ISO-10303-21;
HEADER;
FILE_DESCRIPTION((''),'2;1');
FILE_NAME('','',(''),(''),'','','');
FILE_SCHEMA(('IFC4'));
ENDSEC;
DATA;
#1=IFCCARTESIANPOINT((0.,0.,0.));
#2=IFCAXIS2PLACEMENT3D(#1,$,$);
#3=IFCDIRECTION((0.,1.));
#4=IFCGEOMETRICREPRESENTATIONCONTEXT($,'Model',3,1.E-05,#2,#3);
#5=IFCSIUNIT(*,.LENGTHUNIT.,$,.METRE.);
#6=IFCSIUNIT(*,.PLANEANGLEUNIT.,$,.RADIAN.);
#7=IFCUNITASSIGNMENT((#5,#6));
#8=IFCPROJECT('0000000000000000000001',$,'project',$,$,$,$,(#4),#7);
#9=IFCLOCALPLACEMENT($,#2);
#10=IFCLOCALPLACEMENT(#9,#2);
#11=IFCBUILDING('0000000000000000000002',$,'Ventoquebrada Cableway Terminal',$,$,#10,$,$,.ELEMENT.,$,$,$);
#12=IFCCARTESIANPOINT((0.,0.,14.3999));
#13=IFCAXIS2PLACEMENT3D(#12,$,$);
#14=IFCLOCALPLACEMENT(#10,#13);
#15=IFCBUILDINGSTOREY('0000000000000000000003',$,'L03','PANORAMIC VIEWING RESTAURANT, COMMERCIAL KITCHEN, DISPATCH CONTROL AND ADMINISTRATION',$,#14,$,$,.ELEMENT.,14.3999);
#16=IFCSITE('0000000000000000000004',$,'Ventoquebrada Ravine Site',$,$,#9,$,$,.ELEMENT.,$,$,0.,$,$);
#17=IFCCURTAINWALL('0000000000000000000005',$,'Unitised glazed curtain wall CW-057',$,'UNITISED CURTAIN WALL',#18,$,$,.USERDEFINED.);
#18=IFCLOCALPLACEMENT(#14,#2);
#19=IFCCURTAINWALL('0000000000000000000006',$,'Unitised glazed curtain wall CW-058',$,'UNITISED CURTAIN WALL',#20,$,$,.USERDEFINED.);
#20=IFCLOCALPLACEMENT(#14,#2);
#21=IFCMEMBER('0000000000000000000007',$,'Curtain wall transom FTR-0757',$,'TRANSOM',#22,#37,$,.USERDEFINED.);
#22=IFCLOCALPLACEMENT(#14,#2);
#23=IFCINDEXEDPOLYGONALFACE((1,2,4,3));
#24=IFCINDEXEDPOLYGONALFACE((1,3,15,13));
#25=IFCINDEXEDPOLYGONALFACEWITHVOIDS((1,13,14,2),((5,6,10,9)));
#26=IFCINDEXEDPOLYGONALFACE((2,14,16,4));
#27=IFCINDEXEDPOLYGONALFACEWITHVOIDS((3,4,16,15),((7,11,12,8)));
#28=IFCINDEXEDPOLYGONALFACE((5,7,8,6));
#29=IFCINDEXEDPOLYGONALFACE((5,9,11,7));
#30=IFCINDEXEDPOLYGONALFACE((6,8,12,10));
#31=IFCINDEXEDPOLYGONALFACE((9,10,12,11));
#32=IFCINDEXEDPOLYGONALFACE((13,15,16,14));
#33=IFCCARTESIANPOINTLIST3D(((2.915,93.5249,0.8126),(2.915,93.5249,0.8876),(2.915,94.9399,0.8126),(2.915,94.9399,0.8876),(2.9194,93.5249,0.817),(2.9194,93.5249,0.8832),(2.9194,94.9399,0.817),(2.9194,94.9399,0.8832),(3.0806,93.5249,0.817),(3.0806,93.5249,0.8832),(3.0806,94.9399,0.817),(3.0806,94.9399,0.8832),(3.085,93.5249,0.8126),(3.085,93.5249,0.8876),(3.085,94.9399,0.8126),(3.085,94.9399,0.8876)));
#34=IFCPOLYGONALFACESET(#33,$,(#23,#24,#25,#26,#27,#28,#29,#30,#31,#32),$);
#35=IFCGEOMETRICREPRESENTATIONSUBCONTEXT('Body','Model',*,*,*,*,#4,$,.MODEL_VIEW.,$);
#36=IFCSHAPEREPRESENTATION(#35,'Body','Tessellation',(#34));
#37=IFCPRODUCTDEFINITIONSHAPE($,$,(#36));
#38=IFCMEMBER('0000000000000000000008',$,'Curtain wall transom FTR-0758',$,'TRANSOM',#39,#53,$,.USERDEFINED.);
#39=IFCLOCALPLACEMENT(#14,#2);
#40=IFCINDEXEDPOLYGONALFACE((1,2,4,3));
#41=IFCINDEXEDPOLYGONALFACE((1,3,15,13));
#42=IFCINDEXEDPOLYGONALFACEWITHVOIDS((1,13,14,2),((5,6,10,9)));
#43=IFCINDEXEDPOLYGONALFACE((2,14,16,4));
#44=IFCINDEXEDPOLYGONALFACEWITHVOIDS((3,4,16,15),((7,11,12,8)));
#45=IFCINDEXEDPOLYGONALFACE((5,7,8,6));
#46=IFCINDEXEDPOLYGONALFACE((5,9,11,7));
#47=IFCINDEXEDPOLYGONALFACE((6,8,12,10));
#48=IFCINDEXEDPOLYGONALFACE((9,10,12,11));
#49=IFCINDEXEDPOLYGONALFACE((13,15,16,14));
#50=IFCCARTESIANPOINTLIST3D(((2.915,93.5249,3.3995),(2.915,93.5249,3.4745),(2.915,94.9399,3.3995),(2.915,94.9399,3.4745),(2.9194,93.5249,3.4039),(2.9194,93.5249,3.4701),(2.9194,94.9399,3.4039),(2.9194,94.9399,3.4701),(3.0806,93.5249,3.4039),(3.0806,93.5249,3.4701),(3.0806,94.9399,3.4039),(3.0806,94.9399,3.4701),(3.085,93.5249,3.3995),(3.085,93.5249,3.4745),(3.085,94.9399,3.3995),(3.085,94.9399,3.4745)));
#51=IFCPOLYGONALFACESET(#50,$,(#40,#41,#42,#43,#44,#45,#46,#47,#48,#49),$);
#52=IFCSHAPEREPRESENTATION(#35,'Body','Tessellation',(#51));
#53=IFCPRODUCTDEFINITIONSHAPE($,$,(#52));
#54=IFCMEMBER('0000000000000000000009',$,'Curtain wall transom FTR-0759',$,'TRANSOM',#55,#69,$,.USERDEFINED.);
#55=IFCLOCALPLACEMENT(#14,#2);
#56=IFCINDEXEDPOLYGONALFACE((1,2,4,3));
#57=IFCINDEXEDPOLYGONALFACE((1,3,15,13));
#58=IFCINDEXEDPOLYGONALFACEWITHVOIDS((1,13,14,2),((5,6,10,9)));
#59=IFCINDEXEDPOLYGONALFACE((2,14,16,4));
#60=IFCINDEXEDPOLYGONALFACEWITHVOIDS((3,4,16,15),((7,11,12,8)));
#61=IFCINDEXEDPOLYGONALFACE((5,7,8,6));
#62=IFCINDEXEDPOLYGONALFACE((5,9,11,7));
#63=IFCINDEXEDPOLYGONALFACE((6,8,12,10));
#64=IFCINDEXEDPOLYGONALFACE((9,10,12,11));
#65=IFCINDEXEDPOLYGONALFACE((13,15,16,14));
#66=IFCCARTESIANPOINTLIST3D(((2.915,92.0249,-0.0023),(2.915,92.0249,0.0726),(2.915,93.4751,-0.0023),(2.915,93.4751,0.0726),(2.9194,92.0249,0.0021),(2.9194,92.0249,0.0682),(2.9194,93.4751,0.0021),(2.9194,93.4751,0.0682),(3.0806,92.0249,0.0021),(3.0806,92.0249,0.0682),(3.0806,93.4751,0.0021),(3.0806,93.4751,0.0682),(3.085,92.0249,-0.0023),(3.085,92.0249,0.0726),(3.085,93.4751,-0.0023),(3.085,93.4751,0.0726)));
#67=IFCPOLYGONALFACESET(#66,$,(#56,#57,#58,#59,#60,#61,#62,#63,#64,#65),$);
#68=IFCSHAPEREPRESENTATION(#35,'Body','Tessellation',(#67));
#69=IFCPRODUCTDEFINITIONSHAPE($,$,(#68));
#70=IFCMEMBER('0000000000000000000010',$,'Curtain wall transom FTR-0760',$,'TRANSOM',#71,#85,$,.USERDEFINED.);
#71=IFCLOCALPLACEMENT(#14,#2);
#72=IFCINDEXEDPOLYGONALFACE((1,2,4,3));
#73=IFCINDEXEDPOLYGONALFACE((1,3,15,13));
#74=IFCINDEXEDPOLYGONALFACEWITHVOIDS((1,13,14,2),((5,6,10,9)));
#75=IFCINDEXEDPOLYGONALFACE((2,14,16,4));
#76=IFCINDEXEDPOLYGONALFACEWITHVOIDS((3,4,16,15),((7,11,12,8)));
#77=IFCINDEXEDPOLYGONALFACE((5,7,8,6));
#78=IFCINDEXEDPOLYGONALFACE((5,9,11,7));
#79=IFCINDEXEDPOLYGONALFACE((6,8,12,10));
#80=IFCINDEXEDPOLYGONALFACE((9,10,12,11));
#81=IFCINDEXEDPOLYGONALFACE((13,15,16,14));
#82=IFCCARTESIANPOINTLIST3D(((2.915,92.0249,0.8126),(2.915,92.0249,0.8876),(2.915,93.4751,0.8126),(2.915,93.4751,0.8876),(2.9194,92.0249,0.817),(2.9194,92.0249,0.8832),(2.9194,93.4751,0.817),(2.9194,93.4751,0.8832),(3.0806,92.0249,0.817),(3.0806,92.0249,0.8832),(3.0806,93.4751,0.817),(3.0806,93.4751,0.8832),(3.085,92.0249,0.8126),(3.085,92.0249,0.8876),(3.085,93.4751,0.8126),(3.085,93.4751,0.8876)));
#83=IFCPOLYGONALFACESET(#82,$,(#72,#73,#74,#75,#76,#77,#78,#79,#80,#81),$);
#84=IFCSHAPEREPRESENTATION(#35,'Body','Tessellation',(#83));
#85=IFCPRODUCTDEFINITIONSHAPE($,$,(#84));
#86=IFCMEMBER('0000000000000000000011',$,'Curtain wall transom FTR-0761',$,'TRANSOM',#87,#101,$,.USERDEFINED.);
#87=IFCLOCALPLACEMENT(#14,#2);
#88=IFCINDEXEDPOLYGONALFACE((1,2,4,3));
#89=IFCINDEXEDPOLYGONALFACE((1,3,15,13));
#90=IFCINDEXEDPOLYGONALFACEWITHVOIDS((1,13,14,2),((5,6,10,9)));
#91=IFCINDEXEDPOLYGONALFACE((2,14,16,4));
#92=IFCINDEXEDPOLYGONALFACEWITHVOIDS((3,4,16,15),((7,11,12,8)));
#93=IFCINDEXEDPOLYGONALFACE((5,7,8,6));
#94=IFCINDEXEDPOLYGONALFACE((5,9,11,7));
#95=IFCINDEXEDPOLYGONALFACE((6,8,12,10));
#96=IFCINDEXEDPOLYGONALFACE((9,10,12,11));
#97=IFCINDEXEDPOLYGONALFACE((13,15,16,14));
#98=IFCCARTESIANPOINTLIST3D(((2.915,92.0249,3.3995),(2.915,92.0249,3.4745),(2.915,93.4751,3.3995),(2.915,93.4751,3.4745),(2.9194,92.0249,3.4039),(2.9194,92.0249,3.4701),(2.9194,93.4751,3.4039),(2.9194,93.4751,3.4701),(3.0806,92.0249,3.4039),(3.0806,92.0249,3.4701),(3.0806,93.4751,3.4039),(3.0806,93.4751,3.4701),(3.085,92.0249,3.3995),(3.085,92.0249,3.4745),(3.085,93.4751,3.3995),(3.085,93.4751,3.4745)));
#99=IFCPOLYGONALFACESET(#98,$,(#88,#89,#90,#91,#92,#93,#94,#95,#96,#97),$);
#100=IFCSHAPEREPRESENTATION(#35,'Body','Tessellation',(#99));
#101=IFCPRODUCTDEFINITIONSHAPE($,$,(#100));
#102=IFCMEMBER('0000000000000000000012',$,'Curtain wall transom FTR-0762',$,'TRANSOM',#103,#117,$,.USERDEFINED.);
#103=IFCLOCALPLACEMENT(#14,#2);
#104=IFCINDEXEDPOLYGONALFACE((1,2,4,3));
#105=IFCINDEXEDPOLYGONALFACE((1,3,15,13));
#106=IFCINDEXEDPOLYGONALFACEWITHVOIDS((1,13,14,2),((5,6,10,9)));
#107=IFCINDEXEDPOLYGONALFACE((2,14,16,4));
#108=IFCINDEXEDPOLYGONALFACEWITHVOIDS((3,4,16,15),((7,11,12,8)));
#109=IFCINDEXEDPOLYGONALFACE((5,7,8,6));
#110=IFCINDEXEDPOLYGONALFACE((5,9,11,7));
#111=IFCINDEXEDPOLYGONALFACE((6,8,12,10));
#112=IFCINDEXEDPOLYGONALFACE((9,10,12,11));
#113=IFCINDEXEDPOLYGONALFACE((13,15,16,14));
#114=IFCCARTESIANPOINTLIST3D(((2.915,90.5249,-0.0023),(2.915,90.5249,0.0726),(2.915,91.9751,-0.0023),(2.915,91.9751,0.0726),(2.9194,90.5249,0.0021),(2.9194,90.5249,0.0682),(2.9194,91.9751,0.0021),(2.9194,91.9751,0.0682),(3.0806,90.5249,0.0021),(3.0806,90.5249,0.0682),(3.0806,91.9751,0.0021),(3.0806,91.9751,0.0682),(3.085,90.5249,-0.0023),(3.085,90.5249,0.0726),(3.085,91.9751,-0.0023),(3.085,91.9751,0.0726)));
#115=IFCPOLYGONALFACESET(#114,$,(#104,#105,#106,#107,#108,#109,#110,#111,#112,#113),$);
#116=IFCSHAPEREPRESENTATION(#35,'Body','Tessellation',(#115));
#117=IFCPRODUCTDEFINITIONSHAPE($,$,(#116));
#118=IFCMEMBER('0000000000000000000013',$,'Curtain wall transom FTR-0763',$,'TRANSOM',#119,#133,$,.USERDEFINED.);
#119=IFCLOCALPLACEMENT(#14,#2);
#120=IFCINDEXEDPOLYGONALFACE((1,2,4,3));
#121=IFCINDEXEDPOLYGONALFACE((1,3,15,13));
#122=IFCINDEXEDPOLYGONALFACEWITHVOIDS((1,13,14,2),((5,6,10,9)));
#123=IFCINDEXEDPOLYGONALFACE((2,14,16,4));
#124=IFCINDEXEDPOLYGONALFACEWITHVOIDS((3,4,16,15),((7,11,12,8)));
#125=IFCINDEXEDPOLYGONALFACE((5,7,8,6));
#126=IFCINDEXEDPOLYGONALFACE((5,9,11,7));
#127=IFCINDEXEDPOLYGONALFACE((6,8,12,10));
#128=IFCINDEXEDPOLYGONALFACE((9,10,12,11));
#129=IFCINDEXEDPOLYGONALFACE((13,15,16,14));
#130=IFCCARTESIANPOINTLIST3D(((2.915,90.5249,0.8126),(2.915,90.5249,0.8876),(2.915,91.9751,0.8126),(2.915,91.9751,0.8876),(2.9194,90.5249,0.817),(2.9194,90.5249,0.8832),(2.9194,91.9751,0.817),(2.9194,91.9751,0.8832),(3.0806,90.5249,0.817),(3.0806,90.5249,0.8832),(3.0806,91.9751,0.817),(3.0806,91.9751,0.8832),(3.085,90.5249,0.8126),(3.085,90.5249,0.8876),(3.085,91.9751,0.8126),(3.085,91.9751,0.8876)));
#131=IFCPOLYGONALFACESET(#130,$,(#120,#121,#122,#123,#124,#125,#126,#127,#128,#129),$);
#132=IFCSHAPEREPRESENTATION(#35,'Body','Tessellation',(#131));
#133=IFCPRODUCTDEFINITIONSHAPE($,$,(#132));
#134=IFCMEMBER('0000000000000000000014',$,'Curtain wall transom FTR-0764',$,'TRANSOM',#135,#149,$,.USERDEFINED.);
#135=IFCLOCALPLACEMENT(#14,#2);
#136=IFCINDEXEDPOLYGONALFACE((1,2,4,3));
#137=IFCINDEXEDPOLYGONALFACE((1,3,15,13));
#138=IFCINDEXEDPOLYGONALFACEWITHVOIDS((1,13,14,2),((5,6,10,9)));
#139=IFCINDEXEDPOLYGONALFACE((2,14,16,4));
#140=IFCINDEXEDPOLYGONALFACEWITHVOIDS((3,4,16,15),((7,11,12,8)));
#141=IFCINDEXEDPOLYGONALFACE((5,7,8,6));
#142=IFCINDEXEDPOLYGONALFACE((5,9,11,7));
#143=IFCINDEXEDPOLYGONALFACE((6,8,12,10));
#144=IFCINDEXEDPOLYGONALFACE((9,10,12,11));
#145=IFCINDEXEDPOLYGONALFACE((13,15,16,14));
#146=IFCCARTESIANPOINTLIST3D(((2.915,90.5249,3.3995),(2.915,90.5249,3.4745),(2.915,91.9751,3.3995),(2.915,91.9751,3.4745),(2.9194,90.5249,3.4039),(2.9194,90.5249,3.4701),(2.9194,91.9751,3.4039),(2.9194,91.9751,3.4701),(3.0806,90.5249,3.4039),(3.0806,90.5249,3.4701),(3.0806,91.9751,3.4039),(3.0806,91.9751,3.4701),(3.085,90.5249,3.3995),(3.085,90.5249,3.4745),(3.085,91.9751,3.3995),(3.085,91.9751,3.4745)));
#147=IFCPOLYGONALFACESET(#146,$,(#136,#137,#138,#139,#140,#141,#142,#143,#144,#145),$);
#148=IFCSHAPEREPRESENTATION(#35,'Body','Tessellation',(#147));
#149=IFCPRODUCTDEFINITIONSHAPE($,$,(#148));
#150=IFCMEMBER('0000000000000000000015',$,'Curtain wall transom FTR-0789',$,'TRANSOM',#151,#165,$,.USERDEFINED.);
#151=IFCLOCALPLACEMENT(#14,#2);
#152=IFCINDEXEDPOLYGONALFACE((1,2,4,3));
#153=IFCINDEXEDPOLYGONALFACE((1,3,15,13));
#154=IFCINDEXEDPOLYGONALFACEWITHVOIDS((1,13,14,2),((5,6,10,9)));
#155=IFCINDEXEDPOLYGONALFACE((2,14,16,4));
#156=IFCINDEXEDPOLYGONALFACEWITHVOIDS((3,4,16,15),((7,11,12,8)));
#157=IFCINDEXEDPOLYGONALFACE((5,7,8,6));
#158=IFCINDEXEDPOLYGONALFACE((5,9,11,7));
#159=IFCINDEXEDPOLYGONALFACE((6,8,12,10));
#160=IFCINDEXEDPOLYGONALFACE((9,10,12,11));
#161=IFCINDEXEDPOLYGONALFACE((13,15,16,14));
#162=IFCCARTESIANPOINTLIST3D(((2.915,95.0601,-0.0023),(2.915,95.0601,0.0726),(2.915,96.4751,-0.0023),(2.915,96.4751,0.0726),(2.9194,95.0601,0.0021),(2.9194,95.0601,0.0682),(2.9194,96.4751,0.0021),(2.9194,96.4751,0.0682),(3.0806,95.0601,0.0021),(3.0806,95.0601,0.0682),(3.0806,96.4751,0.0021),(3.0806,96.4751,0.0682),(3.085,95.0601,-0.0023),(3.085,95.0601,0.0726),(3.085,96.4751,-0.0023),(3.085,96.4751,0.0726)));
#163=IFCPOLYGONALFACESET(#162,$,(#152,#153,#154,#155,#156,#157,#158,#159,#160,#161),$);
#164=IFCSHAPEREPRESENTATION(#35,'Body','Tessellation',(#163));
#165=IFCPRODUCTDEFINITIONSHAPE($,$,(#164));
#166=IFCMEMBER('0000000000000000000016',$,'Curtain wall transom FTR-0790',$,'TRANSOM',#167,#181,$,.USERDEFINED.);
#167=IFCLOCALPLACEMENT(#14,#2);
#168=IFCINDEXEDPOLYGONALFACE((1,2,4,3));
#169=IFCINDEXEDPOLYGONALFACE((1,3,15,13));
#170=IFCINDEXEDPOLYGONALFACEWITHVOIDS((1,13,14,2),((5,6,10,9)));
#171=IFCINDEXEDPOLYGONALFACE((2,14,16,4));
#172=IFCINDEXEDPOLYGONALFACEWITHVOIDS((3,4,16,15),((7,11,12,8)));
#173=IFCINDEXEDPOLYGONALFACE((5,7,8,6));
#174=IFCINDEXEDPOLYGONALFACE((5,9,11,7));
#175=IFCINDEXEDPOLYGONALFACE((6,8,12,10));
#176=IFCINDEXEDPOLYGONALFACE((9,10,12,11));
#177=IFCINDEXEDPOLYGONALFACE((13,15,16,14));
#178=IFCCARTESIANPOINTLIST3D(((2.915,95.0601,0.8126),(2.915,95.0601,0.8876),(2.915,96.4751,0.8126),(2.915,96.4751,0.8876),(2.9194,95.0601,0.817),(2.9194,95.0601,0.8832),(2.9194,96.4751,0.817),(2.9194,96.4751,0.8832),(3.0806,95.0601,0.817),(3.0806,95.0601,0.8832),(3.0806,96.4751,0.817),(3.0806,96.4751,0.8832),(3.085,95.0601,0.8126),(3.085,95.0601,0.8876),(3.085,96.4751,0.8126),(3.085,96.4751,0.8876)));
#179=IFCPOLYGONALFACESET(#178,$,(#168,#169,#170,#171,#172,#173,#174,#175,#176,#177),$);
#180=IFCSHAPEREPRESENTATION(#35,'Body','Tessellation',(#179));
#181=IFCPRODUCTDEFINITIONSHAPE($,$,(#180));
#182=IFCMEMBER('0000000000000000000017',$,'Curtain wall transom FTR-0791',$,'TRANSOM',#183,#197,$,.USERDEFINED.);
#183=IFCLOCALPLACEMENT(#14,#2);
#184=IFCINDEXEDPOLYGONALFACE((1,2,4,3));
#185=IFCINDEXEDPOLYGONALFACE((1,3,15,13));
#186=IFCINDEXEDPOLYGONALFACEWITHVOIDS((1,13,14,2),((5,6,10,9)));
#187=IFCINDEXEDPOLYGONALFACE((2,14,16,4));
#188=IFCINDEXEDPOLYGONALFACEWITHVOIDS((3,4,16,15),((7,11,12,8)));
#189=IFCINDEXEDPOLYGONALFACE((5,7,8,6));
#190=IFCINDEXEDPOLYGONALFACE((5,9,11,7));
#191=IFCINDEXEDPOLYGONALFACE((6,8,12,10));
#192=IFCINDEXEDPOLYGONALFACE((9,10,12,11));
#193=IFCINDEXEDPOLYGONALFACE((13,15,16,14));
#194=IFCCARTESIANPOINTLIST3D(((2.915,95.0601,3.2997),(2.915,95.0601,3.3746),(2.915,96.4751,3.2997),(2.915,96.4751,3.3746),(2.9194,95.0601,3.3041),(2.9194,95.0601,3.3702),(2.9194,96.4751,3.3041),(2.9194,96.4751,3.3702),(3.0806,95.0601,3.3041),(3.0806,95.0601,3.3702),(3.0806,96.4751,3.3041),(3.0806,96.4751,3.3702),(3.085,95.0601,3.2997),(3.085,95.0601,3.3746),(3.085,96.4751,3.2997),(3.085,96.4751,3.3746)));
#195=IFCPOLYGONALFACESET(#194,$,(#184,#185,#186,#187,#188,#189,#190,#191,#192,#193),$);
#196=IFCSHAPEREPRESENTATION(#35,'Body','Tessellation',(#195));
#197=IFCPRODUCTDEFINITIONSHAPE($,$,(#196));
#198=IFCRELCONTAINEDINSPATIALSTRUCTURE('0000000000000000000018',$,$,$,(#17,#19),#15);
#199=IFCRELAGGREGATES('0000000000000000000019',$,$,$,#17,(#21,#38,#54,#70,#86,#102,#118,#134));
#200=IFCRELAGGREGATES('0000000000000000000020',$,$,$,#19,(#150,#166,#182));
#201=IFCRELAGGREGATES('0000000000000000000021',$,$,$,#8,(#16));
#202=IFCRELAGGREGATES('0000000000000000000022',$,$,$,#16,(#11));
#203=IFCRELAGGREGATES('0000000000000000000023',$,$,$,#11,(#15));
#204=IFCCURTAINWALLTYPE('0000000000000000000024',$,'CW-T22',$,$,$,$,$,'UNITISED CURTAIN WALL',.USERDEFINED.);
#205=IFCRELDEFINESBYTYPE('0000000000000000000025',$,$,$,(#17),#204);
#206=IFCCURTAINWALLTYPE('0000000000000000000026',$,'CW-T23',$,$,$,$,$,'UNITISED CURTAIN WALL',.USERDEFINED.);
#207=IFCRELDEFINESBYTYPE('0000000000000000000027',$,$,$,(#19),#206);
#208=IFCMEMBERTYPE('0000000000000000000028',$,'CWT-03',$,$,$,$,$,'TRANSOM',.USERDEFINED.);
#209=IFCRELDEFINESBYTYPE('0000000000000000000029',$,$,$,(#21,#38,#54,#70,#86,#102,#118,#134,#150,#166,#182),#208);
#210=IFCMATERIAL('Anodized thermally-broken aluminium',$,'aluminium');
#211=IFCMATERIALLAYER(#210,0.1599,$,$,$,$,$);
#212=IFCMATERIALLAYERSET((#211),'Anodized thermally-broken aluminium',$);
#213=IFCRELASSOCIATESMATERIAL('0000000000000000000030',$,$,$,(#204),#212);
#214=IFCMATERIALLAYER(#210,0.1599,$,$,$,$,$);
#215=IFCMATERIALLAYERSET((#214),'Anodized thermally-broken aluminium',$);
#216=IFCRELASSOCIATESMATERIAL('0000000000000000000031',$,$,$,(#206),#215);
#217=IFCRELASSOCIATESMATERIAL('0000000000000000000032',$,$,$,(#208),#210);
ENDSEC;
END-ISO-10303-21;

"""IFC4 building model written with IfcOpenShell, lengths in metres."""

from ifc_helpers import new_model, si_unit, direction, frame, origin, origin_2d, place, context, subcontext, project, spatial, hollow_rectangle, extrude, material, layer, layer_set, material_profile, profile_set, type_object, element, aggregate, save


model = new_model("IFC4")

# Units and contexts
model_context = context("Model", 3, precision=1e-05, world=origin(), true_north=direction((0.0, 1.0)))
body_context = subcontext(model_context, "Body", "Model", "MODEL_VIEW")
ifc_project = project(units=[si_unit("LENGTHUNIT", "METRE"), si_unit("PLANEANGLEUNIT", "RADIAN")], contexts=[model_context])

# Site, building, storey
site_placement = place(None, origin())
site = spatial("IfcSite", under=ifc_project, at=site_placement, Name="Ventoquebrada Ravine Site", CompositionType="ELEMENT", RefElevation=0.0)
building_placement = place(site_placement, origin())
building = spatial("IfcBuilding", under=site, at=building_placement, Name="Ventoquebrada Cableway Terminal", CompositionType="ELEMENT")
storey_placement = place(building_placement, frame((0.0, 0.0, 14.3999)))
storey = spatial("IfcBuildingStorey", under=building, at=storey_placement, Name="L03", Description="PANORAMIC VIEWING RESTAURANT, COMMERCIAL KITCHEN, DISPATCH CONTROL AND ADMINISTRATION", CompositionType="ELEMENT", Elevation=14.3999)

# Curtain walls
ifc_material_1 = material(Name="Anodized thermally-broken aluminium", Category="aluminium")
ifc_layer_1 = layer(ifc_material_1, 0.1599)
ifc_layer_set_1 = layer_set([ifc_layer_1], Name="Anodized thermally-broken aluminium")
curtain_wall_type_1 = type_object("IfcCurtainWallType", Name="CW-T22", ElementType="UNITISED CURTAIN WALL", PredefinedType="USERDEFINED", material=ifc_layer_set_1)
curtain_wall_1_placement = place(storey_placement, origin())
curtain_wall_1 = element("IfcCurtainWall", 1, at=curtain_wall_1_placement, inside=storey, type_object=curtain_wall_type_1, Name="Unitised glazed curtain wall CW-057", ObjectType="UNITISED CURTAIN WALL", PredefinedType="USERDEFINED")
ifc_layer_2 = layer(ifc_material_1, 0.1599)
ifc_layer_set_2 = layer_set([ifc_layer_2], Name="Anodized thermally-broken aluminium")
curtain_wall_type_2 = type_object("IfcCurtainWallType", Name="CW-T23", ElementType="UNITISED CURTAIN WALL", PredefinedType="USERDEFINED", material=ifc_layer_set_2)
curtain_wall_2_placement = place(storey_placement, origin())
curtain_wall_2 = element("IfcCurtainWall", 2, at=curtain_wall_2_placement, inside=storey, type_object=curtain_wall_type_2, Name="Unitised glazed curtain wall CW-058", ObjectType="UNITISED CURTAIN WALL", PredefinedType="USERDEFINED")

# Members
ifc_material_profile_1 = material_profile(ifc_material_1, hollow_rectangle(XDim=0.075, YDim=0.1699, WallThickness=0.0044, at=origin_2d()), Name="CW-TRN-75X170")
ifc_profile_set_1 = profile_set([ifc_material_profile_1], Name="Anodized thermally-broken aluminium")
member_type_1 = type_object("IfcMemberType", Name="CWT-03", ElementType="TRANSOM", PredefinedType="USERDEFINED", material=ifc_profile_set_1)
member_1_placement = place(storey_placement, frame((3.0, 94.9399, 0.8501), z_axis=(0.0, -1.0, 0.0), x_axis=(0.0, 0.0, 1.0)))
member_1 = element("IfcMember", 3, at=member_1_placement, type_object=member_type_1, Name="Curtain wall transom FTR-0757", ObjectType="TRANSOM", PredefinedType="USERDEFINED", context=body_context, shape_type="SweptSolid", body=[
    extrude(hollow_rectangle(XDim=0.075, YDim=0.1699, WallThickness=0.0044, at=origin_2d()), origin(), (0.0, 0.0, 1.0), 1.415),
])
member_2_placement = place(storey_placement, frame((3.0, 94.9399, 3.437), z_axis=(0.0, -1.0, 0.0), x_axis=(0.0, 0.0, 1.0)))
member_2 = element("IfcMember", 4, at=member_2_placement, type_object=member_type_1, Name="Curtain wall transom FTR-0758", ObjectType="TRANSOM", PredefinedType="USERDEFINED", context=body_context, shape_type="SweptSolid", body=[
    extrude(hollow_rectangle(XDim=0.075, YDim=0.1699, WallThickness=0.0044, at=origin_2d()), origin(), (0.0, 0.0, 1.0), 1.415),
])
member_3_placement = place(storey_placement, frame((3.0, 93.4751, 0.0352), z_axis=(0.0, -1.0, 0.0), x_axis=(0.0, 0.0, 1.0)))
member_3 = element("IfcMember", 5, at=member_3_placement, type_object=member_type_1, Name="Curtain wall transom FTR-0759", ObjectType="TRANSOM", PredefinedType="USERDEFINED", context=body_context, shape_type="SweptSolid", body=[
    extrude(hollow_rectangle(XDim=0.075, YDim=0.1699, WallThickness=0.0044, at=origin_2d()), origin(), (0.0, 0.0, 1.0), 1.4502),
])
member_4_placement = place(storey_placement, frame((3.0, 93.4751, 0.8501), z_axis=(0.0, -1.0, 0.0), x_axis=(0.0, 0.0, 1.0)))
member_4 = element("IfcMember", 6, at=member_4_placement, type_object=member_type_1, Name="Curtain wall transom FTR-0760", ObjectType="TRANSOM", PredefinedType="USERDEFINED", context=body_context, shape_type="SweptSolid", body=[
    extrude(hollow_rectangle(XDim=0.075, YDim=0.1699, WallThickness=0.0044, at=origin_2d()), origin(), (0.0, 0.0, 1.0), 1.4502),
])
member_5_placement = place(storey_placement, frame((3.0, 93.4751, 3.437), z_axis=(0.0, -1.0, 0.0), x_axis=(0.0, 0.0, 1.0)))
member_5 = element("IfcMember", 7, at=member_5_placement, type_object=member_type_1, Name="Curtain wall transom FTR-0761", ObjectType="TRANSOM", PredefinedType="USERDEFINED", context=body_context, shape_type="SweptSolid", body=[
    extrude(hollow_rectangle(XDim=0.075, YDim=0.1699, WallThickness=0.0044, at=origin_2d()), origin(), (0.0, 0.0, 1.0), 1.4502),
])
member_6_placement = place(storey_placement, frame((3.0, 91.9751, 0.0352), z_axis=(0.0, -1.0, 0.0), x_axis=(0.0, 0.0, 1.0)))
member_6 = element("IfcMember", 8, at=member_6_placement, type_object=member_type_1, Name="Curtain wall transom FTR-0762", ObjectType="TRANSOM", PredefinedType="USERDEFINED", context=body_context, shape_type="SweptSolid", body=[
    extrude(hollow_rectangle(XDim=0.075, YDim=0.1699, WallThickness=0.0044, at=origin_2d()), origin(), (0.0, 0.0, 1.0), 1.4502),
])
member_7_placement = place(storey_placement, frame((3.0, 91.9751, 0.8501), z_axis=(0.0, -1.0, 0.0), x_axis=(0.0, 0.0, 1.0)))
member_7 = element("IfcMember", 9, at=member_7_placement, type_object=member_type_1, Name="Curtain wall transom FTR-0763", ObjectType="TRANSOM", PredefinedType="USERDEFINED", context=body_context, shape_type="SweptSolid", body=[
    extrude(hollow_rectangle(XDim=0.075, YDim=0.1699, WallThickness=0.0044, at=origin_2d()), origin(), (0.0, 0.0, 1.0), 1.4502),
])
member_8_placement = place(storey_placement, frame((3.0, 91.9751, 3.437), z_axis=(0.0, -1.0, 0.0), x_axis=(0.0, 0.0, 1.0)))
member_8 = element("IfcMember", 10, at=member_8_placement, type_object=member_type_1, Name="Curtain wall transom FTR-0764", ObjectType="TRANSOM", PredefinedType="USERDEFINED", context=body_context, shape_type="SweptSolid", body=[
    extrude(hollow_rectangle(XDim=0.075, YDim=0.1699, WallThickness=0.0044, at=origin_2d()), origin(), (0.0, 0.0, 1.0), 1.4502),
])
member_9_placement = place(storey_placement, frame((3.0, 96.4751, 0.0352), z_axis=(0.0, -1.0, 0.0), x_axis=(0.0, 0.0, 1.0)))
member_9 = element("IfcMember", 11, at=member_9_placement, type_object=member_type_1, Name="Curtain wall transom FTR-0789", ObjectType="TRANSOM", PredefinedType="USERDEFINED", context=body_context, shape_type="SweptSolid", body=[
    extrude(hollow_rectangle(XDim=0.075, YDim=0.1699, WallThickness=0.0044, at=origin_2d()), origin(), (0.0, 0.0, 1.0), 1.415),
])
member_10_placement = place(storey_placement, frame((3.0, 96.4751, 0.8501), z_axis=(0.0, -1.0, 0.0), x_axis=(0.0, 0.0, 1.0)))
member_10 = element("IfcMember", 12, at=member_10_placement, type_object=member_type_1, Name="Curtain wall transom FTR-0790", ObjectType="TRANSOM", PredefinedType="USERDEFINED", context=body_context, shape_type="SweptSolid", body=[
    extrude(hollow_rectangle(XDim=0.075, YDim=0.1699, WallThickness=0.0044, at=origin_2d()), origin(), (0.0, 0.0, 1.0), 1.415),
])
member_11_placement = place(storey_placement, frame((3.0, 96.4751, 3.3372), z_axis=(0.0, -1.0, 0.0), x_axis=(0.0, 0.0, 1.0)))
member_11 = element("IfcMember", 13, at=member_11_placement, type_object=member_type_1, Name="Curtain wall transom FTR-0791", ObjectType="TRANSOM", PredefinedType="USERDEFINED", context=body_context, shape_type="SweptSolid", body=[
    extrude(hollow_rectangle(XDim=0.075, YDim=0.1699, WallThickness=0.0044, at=origin_2d()), origin(), (0.0, 0.0, 1.0), 1.415),
])

aggregate(curtain_wall_1, [member_1, member_2, member_3, member_4, member_5, member_6, member_7, member_8])
aggregate(curtain_wall_2, [member_9, member_10, member_11])

save(model, "model.ifc")
